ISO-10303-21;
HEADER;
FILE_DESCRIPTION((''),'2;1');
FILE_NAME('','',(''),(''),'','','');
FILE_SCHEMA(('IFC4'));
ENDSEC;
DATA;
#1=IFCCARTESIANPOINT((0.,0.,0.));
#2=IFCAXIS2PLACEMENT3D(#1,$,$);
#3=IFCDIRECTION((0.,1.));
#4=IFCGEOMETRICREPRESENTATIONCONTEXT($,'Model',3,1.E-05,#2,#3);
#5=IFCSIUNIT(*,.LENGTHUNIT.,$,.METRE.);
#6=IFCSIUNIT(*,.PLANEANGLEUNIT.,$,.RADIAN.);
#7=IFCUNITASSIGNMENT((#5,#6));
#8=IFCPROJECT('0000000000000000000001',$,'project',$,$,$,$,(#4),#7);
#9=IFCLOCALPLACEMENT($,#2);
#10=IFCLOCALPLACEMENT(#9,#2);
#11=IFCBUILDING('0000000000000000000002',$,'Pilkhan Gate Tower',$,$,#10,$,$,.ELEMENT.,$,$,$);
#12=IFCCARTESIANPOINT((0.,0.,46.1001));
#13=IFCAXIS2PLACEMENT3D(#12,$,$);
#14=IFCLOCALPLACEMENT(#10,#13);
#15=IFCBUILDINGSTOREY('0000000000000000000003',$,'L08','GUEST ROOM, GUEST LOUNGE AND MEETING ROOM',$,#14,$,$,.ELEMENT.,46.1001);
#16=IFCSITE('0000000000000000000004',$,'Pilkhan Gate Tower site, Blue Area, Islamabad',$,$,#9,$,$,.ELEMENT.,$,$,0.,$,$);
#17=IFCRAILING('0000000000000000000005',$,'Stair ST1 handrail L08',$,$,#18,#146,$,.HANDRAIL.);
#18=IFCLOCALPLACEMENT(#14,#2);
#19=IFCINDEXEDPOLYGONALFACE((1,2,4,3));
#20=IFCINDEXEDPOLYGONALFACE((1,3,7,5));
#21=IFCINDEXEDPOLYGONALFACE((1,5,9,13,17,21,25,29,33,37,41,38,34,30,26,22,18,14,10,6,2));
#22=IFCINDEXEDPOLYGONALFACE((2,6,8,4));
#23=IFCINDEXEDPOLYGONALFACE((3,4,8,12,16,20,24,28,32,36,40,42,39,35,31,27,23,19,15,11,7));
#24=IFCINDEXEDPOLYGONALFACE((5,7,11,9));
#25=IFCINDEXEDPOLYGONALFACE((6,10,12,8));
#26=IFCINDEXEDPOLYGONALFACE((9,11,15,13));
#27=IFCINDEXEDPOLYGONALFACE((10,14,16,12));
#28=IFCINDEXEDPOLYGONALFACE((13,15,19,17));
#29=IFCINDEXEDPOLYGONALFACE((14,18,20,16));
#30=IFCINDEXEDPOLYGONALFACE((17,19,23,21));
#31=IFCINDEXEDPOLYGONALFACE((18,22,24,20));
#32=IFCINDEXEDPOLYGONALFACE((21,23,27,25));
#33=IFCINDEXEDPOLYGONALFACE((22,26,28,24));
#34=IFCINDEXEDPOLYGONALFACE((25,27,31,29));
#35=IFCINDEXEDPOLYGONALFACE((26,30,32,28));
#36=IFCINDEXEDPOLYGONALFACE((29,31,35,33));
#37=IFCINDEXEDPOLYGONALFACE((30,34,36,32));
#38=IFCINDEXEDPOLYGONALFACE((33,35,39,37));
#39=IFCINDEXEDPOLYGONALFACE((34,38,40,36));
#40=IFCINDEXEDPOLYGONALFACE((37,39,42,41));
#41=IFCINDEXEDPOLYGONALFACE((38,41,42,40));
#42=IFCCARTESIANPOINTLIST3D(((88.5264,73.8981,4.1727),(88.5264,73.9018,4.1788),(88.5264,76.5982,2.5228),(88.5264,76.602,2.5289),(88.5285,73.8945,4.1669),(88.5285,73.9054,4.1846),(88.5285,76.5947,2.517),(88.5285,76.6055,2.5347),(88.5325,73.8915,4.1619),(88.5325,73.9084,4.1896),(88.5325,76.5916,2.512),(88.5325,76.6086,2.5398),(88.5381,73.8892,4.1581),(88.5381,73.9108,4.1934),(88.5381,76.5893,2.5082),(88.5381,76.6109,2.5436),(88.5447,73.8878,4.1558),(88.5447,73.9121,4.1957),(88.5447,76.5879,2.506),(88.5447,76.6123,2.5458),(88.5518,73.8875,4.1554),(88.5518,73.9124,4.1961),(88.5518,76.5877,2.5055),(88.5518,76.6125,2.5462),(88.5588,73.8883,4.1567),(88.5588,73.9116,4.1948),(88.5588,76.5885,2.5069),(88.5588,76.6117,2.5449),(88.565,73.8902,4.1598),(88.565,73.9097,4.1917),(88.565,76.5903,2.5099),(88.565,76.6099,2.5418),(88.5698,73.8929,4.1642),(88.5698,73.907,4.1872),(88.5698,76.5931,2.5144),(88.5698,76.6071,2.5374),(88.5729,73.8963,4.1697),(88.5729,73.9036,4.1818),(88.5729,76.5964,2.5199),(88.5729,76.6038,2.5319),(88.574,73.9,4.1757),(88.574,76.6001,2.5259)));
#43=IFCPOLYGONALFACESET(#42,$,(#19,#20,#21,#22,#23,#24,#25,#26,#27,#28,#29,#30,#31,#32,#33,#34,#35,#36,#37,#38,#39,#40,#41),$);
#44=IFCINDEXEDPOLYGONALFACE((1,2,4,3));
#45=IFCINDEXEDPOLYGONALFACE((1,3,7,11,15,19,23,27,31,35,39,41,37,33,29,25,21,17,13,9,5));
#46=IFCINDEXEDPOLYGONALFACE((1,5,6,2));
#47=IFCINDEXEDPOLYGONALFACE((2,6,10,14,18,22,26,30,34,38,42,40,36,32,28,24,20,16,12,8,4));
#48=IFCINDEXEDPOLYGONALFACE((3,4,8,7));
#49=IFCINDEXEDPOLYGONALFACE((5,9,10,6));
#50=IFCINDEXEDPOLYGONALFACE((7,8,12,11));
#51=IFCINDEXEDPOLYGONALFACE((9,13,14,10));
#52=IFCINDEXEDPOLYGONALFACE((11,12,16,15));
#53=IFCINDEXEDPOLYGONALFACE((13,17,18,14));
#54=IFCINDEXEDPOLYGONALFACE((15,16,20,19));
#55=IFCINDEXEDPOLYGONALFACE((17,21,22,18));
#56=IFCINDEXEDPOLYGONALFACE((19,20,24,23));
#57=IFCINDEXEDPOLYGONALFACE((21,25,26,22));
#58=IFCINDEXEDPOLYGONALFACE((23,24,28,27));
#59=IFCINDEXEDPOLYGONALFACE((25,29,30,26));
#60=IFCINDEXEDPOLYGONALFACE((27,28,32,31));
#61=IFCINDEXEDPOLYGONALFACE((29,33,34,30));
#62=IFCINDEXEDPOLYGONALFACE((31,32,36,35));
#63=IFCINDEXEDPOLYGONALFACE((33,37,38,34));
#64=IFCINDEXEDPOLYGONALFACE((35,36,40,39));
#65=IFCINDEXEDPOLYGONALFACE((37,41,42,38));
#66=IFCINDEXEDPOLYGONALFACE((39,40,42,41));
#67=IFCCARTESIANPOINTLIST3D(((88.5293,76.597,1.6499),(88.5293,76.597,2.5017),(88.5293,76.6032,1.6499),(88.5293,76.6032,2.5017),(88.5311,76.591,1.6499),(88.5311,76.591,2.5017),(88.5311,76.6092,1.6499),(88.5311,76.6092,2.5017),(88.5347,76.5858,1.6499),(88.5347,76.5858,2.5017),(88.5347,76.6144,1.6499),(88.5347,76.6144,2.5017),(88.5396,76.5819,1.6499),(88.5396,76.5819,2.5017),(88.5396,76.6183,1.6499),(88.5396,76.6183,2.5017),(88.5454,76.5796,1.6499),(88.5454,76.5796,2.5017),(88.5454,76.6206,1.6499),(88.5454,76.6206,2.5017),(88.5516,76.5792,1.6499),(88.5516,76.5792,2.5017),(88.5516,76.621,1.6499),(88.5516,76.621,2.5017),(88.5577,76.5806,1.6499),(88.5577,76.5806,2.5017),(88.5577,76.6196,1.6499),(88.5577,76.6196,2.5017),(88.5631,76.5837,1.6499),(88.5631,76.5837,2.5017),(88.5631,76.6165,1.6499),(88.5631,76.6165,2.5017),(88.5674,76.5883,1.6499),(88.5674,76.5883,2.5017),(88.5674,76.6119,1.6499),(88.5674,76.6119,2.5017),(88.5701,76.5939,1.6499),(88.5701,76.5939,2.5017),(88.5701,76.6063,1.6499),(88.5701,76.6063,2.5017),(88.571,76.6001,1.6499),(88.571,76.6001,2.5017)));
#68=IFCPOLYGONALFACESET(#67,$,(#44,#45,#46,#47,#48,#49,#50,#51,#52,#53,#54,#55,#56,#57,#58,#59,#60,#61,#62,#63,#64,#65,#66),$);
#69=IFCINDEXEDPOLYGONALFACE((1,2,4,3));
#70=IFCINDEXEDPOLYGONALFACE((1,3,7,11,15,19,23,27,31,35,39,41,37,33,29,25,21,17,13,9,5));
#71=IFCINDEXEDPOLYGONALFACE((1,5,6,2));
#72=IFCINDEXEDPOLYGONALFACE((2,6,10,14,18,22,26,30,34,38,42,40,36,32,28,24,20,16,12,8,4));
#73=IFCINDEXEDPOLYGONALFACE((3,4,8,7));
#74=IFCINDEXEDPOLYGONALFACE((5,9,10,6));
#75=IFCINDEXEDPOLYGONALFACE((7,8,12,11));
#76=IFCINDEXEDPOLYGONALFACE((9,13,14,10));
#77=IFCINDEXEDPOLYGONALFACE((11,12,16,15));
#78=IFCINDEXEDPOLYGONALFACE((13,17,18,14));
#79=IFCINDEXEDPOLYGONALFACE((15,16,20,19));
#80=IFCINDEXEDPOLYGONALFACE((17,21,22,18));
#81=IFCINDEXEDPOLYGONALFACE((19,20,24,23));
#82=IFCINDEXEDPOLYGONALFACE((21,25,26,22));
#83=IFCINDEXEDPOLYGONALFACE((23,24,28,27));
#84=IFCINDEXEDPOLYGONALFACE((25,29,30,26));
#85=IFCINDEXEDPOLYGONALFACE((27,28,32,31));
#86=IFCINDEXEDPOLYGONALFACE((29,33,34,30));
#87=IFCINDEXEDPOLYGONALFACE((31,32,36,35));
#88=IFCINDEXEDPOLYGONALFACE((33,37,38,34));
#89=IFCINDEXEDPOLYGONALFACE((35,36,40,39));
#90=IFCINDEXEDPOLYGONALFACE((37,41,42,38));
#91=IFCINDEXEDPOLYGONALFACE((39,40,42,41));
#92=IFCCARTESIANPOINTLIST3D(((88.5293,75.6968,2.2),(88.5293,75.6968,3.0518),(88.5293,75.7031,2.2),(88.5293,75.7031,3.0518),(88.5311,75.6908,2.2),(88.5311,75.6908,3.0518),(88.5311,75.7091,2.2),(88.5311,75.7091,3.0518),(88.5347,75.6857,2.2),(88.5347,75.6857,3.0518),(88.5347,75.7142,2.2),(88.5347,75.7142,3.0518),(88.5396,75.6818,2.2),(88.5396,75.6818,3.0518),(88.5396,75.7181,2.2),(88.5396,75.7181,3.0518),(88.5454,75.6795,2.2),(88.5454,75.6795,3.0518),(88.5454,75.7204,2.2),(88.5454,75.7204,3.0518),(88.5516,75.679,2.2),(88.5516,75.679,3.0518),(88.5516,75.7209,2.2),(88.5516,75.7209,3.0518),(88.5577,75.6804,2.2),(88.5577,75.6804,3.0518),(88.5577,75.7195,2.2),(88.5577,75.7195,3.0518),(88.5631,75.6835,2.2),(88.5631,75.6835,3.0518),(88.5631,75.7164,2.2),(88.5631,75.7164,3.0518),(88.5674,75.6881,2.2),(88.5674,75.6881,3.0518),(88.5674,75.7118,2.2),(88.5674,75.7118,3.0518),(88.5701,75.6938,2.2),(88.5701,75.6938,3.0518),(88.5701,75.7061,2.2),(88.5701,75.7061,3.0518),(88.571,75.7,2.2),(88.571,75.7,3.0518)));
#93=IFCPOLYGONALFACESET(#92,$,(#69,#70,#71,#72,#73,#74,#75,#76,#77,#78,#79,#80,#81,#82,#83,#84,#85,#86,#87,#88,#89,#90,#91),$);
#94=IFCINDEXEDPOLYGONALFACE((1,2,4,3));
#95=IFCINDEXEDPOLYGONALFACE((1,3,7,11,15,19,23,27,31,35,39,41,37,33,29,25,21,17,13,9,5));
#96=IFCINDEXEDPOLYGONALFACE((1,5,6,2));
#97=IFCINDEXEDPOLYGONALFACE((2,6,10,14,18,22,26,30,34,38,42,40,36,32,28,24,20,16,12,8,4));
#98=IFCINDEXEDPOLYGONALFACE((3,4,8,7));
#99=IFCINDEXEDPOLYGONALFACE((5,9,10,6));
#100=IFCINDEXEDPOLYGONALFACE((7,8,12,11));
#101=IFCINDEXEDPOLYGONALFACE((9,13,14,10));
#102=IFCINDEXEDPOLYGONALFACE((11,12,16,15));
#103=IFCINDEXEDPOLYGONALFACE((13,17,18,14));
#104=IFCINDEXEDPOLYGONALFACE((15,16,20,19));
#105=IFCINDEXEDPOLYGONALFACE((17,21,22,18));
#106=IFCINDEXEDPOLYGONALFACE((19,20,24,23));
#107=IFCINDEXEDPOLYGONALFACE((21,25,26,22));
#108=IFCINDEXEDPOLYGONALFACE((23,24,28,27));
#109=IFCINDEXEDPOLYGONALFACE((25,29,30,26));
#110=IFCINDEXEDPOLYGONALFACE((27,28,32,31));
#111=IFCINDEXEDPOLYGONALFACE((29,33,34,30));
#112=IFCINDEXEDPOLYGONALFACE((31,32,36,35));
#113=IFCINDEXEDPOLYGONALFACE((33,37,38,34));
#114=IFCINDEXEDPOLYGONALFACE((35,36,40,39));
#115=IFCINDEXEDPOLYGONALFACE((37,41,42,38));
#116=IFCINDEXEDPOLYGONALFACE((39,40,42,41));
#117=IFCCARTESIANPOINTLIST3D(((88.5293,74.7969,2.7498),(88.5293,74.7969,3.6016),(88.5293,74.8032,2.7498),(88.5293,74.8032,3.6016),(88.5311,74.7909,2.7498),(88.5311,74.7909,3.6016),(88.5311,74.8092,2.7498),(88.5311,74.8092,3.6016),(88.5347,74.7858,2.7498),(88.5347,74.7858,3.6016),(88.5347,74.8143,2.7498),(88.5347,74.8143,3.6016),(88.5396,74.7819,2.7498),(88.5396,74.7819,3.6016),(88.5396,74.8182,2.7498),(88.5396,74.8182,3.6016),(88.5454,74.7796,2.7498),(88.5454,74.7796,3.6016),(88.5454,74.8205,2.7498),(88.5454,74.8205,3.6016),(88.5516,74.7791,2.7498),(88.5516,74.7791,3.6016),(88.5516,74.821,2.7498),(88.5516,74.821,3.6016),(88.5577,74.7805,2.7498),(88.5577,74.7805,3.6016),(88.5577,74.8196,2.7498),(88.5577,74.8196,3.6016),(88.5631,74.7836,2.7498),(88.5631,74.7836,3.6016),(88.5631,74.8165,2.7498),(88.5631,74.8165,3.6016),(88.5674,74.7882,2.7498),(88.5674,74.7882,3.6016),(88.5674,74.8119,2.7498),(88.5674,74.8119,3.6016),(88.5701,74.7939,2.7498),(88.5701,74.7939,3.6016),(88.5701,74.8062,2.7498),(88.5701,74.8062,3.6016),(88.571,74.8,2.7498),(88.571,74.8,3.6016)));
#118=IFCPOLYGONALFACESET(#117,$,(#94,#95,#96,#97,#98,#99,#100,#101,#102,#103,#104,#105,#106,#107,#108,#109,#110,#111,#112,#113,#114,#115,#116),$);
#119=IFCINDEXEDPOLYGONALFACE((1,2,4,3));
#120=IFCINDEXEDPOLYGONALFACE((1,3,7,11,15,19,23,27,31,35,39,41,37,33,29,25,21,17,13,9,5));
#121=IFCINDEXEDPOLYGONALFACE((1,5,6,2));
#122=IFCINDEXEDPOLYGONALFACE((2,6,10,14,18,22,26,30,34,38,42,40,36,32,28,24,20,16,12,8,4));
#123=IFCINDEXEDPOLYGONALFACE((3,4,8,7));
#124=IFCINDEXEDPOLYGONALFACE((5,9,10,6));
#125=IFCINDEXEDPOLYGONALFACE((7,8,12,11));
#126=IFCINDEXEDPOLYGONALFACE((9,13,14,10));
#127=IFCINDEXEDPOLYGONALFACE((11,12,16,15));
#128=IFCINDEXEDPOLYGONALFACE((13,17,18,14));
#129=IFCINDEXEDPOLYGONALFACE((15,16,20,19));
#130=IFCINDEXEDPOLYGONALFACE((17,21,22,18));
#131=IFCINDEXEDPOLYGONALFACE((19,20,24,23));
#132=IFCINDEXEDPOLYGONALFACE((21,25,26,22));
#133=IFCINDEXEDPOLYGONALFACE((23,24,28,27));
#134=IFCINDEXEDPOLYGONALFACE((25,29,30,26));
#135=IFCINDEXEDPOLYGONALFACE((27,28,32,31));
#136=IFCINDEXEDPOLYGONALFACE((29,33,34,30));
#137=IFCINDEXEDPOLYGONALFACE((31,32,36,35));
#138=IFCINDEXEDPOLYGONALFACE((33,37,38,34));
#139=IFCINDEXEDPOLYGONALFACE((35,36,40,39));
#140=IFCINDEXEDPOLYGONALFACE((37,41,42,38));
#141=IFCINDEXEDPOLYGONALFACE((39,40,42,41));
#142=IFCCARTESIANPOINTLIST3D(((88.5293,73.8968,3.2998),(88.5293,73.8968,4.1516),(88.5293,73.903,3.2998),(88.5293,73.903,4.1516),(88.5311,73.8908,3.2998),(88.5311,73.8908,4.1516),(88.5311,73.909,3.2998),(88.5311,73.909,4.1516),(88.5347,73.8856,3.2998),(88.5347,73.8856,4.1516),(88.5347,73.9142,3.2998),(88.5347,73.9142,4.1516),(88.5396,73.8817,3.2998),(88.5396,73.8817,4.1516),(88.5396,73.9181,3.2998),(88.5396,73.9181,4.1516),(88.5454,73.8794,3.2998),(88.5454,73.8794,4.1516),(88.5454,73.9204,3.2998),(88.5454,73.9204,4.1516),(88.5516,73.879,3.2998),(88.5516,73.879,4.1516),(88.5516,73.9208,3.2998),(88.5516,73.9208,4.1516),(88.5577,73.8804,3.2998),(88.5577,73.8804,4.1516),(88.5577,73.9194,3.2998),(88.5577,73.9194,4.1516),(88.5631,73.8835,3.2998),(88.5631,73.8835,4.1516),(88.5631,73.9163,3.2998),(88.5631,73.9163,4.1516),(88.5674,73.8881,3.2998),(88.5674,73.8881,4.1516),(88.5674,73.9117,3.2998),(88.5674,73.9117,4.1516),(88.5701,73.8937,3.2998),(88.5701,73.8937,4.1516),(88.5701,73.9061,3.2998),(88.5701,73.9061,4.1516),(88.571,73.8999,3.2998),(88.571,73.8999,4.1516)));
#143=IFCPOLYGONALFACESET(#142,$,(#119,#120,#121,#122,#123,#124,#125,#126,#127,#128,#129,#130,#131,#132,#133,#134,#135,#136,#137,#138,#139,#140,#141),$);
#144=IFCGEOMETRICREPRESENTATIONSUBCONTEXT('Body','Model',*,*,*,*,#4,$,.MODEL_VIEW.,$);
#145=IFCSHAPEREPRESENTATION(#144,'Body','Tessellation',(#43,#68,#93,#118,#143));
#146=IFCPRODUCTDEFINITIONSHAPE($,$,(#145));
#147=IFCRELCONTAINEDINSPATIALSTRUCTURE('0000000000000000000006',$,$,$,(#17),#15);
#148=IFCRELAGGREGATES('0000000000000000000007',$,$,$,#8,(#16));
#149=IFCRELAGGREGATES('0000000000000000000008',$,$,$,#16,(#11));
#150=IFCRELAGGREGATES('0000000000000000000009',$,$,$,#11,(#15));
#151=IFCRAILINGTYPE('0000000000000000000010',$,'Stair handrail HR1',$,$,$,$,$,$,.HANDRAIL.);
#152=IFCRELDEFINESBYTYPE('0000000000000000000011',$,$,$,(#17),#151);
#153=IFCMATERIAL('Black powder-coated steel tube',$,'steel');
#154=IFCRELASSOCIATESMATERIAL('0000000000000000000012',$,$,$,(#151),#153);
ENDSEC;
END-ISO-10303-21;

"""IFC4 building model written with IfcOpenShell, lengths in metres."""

from ifc_helpers import new_model, si_unit, direction, frame, origin, origin_2d, place, context, subcontext, project, spatial, circle, extrude, material, type_object, element, save


model = new_model("IFC4")

# Units and contexts
model_context = context("Model", 3, precision=1e-05, world=origin(), true_north=direction((0.0, 1.0)))
body_context = subcontext(model_context, "Body", "Model", "MODEL_VIEW")
ifc_project = project(units=[si_unit("LENGTHUNIT", "METRE"), si_unit("PLANEANGLEUNIT", "RADIAN")], contexts=[model_context])

# Site, building, storey
site_placement = place(None, origin())
site = spatial("IfcSite", under=ifc_project, at=site_placement, Name="Pilkhan Gate Tower site, Blue Area, Islamabad", CompositionType="ELEMENT", RefElevation=0.0)
building_placement = place(site_placement, origin())
building = spatial("IfcBuilding", under=site, at=building_placement, Name="Pilkhan Gate Tower", CompositionType="ELEMENT")
storey_placement = place(building_placement, frame((0.0, 0.0, 46.1001)))
storey = spatial("IfcBuildingStorey", under=building, at=storey_placement, Name="L08", Description="GUEST ROOM, GUEST LOUNGE AND MEETING ROOM", CompositionType="ELEMENT", Elevation=46.1001)

# Railing
ifc_material_1 = material(Name="Black powder-coated steel tube", Category="steel")
railing_type_1 = type_object("IfcRailingType", Name="Stair handrail HR1", PredefinedType="HANDRAIL", material=ifc_material_1)
railing_1_placement = place(storey_placement, frame((88.55, 76.6001, 1.6499)))
element("IfcRailing", 1, at=railing_1_placement, inside=storey, type_object=railing_type_1, Name="Stair ST1 handrail L08", PredefinedType="HANDRAIL", context=body_context, shape_type="SweptSolid", body=[
    extrude(circle(Radius=0.0239, at=origin_2d()), frame((0.0, 0.0, 0.876), z_axis=(0.0, -0.853312, 0.5214), x_axis=(1.0, 0.0, 0.0)), (0.0, 0.0, 1.0), 3.1643),
    extrude(circle(Radius=0.021, at=origin_2d()), origin(), (0.0, 0.0, 1.0), 0.8518),
    extrude(circle(Radius=0.021, at=origin_2d()), frame((0.0, -0.9001, 0.55)), (0.0, 0.0, 1.0), 0.8518),
    extrude(circle(Radius=0.021, at=origin_2d()), frame((0.0, -1.8, 1.0999)), (0.0, 0.0, 1.0), 0.8518),
    extrude(circle(Radius=0.021, at=origin_2d()), frame((0.0, -2.7002, 1.6499)), (0.0, 0.0, 1.0), 0.8518),
])

save(model, "model.ifc")
